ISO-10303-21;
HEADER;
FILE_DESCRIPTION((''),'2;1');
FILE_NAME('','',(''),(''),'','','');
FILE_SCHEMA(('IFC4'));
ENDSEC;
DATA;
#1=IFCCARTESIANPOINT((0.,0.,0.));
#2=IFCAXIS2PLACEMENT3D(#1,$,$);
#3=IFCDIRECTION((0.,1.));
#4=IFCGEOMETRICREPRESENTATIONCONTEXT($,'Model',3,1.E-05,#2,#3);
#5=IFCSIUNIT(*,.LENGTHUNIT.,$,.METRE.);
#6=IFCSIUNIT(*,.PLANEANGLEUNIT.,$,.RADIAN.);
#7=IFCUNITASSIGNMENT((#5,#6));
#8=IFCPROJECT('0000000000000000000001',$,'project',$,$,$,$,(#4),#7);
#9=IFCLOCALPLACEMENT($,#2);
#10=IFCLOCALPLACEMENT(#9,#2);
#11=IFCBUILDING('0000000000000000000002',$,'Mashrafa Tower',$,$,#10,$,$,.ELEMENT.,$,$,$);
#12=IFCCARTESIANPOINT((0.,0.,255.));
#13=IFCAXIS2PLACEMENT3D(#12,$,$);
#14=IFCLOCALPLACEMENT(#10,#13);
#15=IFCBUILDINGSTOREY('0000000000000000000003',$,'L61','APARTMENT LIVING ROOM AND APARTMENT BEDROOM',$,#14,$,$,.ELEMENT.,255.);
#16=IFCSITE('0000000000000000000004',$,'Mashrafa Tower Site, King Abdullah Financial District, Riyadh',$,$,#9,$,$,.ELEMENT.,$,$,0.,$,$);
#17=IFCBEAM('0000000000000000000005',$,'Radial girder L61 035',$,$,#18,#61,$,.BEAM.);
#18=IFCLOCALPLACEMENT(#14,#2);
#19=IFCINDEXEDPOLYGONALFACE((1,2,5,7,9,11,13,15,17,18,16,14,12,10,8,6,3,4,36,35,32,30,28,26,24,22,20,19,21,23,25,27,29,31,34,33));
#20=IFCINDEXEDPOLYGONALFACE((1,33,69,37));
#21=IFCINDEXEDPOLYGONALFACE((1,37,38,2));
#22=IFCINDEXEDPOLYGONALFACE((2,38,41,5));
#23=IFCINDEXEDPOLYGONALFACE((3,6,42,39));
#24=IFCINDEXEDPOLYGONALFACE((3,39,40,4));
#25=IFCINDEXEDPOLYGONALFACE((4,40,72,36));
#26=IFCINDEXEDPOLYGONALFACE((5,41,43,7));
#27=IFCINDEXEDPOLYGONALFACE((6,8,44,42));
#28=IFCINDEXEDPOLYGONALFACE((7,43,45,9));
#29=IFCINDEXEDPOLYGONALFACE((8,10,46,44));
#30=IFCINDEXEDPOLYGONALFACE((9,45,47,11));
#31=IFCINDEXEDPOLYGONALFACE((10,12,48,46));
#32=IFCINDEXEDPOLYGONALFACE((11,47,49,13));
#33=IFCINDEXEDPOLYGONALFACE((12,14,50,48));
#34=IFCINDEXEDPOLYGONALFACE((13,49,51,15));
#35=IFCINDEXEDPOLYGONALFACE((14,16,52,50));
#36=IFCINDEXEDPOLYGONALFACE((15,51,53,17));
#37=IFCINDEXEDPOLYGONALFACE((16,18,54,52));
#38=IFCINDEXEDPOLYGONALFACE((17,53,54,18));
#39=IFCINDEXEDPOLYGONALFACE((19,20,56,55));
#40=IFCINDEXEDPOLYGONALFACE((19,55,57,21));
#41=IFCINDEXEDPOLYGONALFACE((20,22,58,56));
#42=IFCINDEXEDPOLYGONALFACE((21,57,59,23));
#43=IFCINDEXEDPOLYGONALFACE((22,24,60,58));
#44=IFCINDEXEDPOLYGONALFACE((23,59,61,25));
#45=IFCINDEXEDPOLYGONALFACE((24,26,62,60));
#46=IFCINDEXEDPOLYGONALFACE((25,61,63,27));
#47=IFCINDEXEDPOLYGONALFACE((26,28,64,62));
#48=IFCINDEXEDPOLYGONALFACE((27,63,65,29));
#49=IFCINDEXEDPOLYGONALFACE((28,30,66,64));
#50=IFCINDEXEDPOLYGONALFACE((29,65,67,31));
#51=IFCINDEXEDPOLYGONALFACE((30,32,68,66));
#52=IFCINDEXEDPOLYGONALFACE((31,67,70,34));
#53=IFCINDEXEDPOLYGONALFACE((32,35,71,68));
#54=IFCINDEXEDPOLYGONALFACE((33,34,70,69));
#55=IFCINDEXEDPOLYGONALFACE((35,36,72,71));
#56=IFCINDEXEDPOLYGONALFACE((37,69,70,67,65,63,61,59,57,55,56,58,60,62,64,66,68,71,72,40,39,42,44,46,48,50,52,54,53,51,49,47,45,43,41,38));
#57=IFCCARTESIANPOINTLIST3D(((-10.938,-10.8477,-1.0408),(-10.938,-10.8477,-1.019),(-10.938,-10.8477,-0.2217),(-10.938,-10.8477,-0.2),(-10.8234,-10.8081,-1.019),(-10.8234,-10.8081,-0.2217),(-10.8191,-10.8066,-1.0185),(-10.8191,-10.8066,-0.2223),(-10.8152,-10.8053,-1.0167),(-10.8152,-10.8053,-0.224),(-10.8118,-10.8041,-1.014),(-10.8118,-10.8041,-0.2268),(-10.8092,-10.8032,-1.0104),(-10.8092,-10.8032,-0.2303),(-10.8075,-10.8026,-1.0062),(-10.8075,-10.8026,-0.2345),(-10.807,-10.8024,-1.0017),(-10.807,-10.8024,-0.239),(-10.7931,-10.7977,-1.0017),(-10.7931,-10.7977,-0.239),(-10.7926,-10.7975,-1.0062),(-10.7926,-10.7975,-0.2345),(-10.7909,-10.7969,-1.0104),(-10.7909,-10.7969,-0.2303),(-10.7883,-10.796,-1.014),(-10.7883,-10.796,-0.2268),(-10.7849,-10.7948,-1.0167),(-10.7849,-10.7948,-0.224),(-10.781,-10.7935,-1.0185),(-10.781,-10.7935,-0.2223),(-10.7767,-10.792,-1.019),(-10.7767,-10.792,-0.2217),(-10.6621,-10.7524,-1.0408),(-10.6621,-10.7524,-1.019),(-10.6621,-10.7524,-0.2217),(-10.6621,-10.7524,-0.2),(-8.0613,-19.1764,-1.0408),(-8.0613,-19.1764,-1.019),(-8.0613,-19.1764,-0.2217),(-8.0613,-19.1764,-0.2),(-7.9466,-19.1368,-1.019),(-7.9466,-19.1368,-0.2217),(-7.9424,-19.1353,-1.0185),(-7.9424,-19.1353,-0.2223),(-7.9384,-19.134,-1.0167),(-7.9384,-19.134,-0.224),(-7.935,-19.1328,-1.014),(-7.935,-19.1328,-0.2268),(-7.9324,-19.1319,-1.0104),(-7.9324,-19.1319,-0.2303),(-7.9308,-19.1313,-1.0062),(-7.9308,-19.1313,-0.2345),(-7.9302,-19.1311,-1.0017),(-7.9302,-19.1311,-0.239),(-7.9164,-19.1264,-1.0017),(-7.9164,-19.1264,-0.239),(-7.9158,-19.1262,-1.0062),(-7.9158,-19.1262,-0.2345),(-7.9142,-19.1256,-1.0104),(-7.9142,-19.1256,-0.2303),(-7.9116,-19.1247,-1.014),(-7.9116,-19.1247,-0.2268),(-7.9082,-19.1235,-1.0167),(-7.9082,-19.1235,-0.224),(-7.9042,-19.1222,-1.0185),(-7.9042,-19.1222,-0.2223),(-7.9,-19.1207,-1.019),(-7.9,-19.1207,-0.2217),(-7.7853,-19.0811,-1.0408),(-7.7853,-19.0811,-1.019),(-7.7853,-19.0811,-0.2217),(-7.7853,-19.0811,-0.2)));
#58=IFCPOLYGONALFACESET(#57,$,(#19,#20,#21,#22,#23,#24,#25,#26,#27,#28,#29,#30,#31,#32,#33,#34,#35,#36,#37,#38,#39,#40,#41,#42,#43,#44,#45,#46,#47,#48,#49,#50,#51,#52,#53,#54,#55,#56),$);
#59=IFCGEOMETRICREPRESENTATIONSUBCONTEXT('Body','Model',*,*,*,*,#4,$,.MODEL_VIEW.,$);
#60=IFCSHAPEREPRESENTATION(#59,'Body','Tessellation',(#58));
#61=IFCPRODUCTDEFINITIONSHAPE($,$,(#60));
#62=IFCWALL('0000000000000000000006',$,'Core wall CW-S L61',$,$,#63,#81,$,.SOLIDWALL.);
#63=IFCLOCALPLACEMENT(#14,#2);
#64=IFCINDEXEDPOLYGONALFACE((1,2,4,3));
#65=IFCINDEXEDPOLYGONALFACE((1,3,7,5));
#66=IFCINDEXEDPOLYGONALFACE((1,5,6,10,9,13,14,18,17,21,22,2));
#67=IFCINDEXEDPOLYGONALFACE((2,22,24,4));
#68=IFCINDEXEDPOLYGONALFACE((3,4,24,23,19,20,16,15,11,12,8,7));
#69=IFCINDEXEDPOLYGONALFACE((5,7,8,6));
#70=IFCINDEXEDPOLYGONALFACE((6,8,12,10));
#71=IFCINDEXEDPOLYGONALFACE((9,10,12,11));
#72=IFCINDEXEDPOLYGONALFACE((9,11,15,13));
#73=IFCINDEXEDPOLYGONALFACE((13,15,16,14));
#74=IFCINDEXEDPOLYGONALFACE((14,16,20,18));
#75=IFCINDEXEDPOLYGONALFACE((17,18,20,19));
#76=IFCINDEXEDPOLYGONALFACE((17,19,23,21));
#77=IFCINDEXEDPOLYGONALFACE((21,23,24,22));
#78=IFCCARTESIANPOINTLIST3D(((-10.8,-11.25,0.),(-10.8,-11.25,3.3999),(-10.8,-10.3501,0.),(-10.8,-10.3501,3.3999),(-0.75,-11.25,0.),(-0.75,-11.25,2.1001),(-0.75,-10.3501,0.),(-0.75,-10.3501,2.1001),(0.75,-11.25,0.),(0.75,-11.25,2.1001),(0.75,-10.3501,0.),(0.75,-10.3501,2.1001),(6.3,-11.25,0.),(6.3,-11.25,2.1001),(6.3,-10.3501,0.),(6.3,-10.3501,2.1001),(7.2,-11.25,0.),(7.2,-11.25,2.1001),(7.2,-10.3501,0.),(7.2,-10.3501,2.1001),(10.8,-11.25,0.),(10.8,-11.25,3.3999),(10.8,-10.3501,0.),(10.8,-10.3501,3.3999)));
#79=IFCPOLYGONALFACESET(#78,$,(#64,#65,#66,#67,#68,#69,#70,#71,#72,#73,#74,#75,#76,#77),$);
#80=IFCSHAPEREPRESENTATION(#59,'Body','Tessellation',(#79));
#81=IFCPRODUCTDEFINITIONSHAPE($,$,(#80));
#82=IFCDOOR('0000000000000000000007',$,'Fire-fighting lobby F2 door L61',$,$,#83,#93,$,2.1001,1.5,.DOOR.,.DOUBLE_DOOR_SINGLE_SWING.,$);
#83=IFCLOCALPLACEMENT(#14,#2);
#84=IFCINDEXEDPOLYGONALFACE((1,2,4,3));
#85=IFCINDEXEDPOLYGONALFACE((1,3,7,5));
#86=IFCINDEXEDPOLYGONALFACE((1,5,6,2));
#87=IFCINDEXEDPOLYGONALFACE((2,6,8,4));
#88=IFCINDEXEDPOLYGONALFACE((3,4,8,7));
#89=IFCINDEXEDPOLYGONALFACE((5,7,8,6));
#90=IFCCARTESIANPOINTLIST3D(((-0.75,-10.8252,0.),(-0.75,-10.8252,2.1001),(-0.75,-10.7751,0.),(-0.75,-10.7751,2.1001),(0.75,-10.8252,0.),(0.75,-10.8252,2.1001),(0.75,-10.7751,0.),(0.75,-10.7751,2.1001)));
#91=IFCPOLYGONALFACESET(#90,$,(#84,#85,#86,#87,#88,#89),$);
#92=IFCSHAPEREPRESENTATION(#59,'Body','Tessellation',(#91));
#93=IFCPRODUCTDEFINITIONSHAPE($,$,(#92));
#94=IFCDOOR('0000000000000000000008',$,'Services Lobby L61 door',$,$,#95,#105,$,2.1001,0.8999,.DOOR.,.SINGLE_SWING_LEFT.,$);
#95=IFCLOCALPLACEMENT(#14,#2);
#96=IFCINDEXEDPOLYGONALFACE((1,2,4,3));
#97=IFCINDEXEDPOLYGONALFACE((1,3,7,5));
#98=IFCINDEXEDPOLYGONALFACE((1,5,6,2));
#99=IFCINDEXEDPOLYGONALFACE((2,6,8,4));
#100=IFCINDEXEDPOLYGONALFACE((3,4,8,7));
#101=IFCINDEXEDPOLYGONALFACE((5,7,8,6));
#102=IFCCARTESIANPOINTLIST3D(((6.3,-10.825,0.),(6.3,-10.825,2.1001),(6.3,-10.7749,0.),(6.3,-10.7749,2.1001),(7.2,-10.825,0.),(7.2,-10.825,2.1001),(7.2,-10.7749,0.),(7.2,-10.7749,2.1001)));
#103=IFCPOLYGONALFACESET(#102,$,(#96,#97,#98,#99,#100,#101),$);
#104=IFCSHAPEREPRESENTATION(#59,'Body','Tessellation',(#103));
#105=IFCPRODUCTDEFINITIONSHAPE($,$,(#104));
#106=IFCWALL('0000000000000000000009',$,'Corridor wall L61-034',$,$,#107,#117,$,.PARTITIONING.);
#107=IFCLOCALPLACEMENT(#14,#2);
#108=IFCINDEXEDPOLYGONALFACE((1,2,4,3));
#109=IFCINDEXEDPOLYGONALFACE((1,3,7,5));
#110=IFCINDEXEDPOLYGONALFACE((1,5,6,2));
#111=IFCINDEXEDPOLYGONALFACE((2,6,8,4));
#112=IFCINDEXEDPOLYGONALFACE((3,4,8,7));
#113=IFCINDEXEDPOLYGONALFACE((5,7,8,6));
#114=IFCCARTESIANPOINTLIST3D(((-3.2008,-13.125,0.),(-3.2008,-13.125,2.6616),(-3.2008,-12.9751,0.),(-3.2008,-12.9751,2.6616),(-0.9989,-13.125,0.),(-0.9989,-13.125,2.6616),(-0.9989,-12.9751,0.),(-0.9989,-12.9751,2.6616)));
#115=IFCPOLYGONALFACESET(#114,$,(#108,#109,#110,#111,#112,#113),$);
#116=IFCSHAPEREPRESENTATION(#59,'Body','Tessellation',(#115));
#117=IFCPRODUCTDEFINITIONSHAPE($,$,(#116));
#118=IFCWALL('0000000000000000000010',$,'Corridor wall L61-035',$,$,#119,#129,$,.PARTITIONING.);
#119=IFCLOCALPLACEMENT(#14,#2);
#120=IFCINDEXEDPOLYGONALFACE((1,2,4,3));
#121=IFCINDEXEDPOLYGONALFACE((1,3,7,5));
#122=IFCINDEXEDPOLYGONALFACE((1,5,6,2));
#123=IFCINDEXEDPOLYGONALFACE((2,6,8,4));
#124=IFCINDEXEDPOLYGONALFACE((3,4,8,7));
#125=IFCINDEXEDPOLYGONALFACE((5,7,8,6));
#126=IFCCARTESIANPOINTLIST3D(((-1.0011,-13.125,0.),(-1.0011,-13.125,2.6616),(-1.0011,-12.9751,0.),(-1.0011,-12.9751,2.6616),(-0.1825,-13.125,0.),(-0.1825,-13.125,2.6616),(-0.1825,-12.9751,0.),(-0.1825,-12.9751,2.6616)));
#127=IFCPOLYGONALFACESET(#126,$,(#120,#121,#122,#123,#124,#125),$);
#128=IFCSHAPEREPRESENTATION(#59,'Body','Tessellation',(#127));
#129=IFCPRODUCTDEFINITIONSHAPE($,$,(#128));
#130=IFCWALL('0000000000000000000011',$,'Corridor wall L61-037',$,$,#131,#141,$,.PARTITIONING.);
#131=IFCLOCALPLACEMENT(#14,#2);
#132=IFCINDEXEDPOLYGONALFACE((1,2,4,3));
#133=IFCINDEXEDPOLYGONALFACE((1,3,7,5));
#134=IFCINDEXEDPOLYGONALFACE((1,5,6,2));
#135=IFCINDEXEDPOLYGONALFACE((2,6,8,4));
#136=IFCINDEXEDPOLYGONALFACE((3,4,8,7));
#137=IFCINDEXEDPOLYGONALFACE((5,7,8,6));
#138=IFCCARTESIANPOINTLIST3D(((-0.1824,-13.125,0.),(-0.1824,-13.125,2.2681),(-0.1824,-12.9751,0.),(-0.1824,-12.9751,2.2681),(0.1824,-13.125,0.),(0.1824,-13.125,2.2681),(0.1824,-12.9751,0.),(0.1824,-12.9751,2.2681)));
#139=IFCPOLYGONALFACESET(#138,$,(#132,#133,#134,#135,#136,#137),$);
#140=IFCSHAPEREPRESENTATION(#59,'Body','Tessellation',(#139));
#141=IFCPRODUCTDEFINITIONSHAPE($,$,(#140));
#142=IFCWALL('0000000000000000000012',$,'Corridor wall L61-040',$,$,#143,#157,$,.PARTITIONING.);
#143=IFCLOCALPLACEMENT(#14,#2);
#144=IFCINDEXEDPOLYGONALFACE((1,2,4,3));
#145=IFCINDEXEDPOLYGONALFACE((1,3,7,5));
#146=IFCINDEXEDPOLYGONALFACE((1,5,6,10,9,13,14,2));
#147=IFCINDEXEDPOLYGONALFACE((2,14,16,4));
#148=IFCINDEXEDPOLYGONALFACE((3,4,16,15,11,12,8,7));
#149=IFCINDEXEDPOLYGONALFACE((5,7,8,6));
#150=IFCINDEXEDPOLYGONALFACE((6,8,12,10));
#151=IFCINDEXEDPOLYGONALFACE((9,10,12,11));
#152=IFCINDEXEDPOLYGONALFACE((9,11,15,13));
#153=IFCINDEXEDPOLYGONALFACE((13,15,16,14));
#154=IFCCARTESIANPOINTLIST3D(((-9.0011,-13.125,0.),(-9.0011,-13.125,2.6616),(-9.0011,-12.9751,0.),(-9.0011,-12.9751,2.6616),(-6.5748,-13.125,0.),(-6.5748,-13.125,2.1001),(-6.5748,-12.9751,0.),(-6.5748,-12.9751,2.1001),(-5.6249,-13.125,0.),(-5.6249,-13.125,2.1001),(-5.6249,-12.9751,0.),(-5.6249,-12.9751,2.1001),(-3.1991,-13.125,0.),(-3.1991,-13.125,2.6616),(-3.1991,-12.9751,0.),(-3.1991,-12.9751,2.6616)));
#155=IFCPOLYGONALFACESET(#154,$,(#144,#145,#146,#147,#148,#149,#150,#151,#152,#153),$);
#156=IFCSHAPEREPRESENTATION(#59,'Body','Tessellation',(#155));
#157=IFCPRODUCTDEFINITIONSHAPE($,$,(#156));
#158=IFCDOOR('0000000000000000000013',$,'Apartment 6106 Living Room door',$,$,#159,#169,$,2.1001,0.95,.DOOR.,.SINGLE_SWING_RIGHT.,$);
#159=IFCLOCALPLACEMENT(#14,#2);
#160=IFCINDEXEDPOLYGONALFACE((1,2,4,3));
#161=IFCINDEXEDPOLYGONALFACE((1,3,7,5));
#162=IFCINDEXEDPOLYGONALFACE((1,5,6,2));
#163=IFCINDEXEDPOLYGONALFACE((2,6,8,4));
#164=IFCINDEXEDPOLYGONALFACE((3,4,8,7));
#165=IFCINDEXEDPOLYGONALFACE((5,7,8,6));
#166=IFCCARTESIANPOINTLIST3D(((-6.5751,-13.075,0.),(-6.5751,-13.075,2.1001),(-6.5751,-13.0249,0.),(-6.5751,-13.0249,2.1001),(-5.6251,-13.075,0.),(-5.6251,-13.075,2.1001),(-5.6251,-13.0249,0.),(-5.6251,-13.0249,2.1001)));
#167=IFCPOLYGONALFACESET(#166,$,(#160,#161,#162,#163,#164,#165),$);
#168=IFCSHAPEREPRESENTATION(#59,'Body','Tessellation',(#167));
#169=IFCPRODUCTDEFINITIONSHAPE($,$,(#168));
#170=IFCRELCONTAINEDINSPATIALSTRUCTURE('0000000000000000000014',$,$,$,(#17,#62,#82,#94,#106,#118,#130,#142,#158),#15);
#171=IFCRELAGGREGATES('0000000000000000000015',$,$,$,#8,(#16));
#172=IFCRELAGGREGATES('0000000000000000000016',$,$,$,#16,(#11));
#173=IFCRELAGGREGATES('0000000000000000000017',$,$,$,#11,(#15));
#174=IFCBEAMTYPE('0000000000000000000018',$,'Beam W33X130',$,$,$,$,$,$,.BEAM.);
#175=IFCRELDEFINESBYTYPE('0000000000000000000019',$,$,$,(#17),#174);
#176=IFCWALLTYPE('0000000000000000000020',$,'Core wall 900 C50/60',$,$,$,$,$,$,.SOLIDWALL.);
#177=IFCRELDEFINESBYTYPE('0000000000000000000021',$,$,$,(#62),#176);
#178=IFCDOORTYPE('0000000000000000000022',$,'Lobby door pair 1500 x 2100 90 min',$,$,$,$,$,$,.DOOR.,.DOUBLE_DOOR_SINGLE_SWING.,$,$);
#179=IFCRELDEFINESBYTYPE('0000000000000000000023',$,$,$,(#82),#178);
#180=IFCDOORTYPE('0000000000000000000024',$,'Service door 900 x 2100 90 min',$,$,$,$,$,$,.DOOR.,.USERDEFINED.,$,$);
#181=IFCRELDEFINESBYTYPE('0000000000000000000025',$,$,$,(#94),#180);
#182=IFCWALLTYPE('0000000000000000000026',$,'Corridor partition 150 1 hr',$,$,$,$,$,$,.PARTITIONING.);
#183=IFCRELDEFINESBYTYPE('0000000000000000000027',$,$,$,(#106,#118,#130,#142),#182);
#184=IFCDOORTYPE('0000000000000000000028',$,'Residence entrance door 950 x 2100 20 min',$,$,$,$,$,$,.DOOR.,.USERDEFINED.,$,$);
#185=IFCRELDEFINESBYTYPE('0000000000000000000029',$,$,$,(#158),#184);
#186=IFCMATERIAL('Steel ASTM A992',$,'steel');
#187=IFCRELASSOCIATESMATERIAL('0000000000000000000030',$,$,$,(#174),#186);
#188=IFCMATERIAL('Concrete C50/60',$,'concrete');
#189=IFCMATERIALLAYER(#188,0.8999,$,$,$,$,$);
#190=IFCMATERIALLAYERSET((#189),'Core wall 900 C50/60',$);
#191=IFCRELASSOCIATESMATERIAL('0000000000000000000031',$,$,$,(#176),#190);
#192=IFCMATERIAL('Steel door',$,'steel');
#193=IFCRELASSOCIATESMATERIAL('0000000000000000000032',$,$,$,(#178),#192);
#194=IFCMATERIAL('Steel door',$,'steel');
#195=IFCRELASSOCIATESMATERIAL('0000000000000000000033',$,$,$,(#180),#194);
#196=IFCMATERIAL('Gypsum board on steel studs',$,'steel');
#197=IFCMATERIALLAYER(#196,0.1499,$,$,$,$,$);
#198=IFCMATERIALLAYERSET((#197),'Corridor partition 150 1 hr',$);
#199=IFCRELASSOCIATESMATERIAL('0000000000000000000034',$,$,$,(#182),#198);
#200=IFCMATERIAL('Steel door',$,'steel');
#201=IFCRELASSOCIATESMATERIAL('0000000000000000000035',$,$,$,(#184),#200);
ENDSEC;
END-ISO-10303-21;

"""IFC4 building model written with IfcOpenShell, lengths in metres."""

from ifc_helpers import new_model, si_unit, direction, frame, frame_2d, origin, origin_2d, place, context, subcontext, project, spatial, rectangle, i_section, extrude, material, layer, layer_set, material_profile, profile_set, type_object, element, fill, save


model = new_model("IFC4")

# Units and contexts
model_context = context("Model", 3, precision=1e-05, world=origin(), true_north=direction((0.0, 1.0)))
body_context = subcontext(model_context, "Body", "Model", "MODEL_VIEW")
ifc_project = project(units=[si_unit("LENGTHUNIT", "METRE"), si_unit("PLANEANGLEUNIT", "RADIAN")], contexts=[model_context])

# Site, building, storey
site_placement = place(None, origin())
site = spatial("IfcSite", under=ifc_project, at=site_placement, Name="Mashrafa Tower Site, King Abdullah Financial District, Riyadh", CompositionType="ELEMENT", RefElevation=0.0)
building_placement = place(site_placement, origin())
building = spatial("IfcBuilding", under=site, at=building_placement, Name="Mashrafa Tower", CompositionType="ELEMENT")
storey_placement = place(building_placement, frame((0.0, 0.0, 255.0)))
storey = spatial("IfcBuildingStorey", under=building, at=storey_placement, Name="L61", Description="APARTMENT LIVING ROOM AND APARTMENT BEDROOM", CompositionType="ELEMENT", Elevation=255.0)

# Beam
ifc_material_1 = material(Name="Steel ASTM A992", Category="steel")
ifc_material_profile_1 = material_profile(ifc_material_1, i_section(OverallWidth=0.292, OverallDepth=0.8408, WebThickness=0.0146, FlangeThickness=0.0217, FilletRadius=0.0173, at=origin_2d()), Name="W33X130")
ifc_profile_set_1 = profile_set([ifc_material_profile_1], Name="Steel ASTM A992")
beam_type_1 = type_object("IfcBeamType", Name="Beam W33X130", PredefinedType="BEAM", material=ifc_profile_set_1)
for number, where, z_axis, x_axis, name in (
    (1, (-10.8, -10.8, -0.6204), (0.326475, -0.945206, 0.0), (0.945206, 0.326475, 0.0), "Radial girder L61 035"),
):
    element("IfcBeam", number, at=place(storey_placement, frame(where, z_axis=z_axis, x_axis=x_axis)), inside=storey, type_object=beam_type_1, Name=name, PredefinedType="BEAM", context=body_context, shape_type="SweptSolid", body=[
        extrude(i_section(OverallWidth=0.292, OverallDepth=0.8408, WebThickness=0.0146, FlangeThickness=0.0217, FilletRadius=0.0173, at=origin_2d()), origin(), (0.0, 0.0, 1.0), 8.8115),
    ])

# Wall, openings, doors
ifc_material_2 = material(Name="Concrete C50/60", Category="concrete")
ifc_layer_1 = layer(ifc_material_2, 0.8999)
ifc_layer_set_1 = layer_set([ifc_layer_1], Name="Core wall 900 C50/60")
wall_type_1 = type_object("IfcWallType", Name="Core wall 900 C50/60", PredefinedType="SOLIDWALL", material=ifc_layer_set_1)
wall_1_placement = place(storey_placement, frame((-10.8, -10.8, 0.0), z_axis=(0.0, 0.0, 1.0), x_axis=(1.0, 0.0, 0.0)))
wall_1 = element("IfcWall", 2, at=wall_1_placement, inside=storey, type_object=wall_type_1, Name="Core wall CW-S L61", PredefinedType="SOLIDWALL", context=body_context, shape_type="SweptSolid", body=[
    extrude(rectangle(XDim=21.6001, YDim=0.8999, at=frame_2d((10.8, 0.0))), origin(), (0.0, 0.0, 1.0), 3.3999),
])
opening_1_placement = place(wall_1_placement, frame((10.05, 0.0, 0.0)))
opening_1 = element("IfcOpeningElement", 3, at=opening_1_placement, cuts=wall_1, PredefinedType="OPENING", context=body_context, shape_type="SweptSolid", body=[
    extrude(rectangle(XDim=1.5, YDim=2.1001, at=frame_2d((0.75, 1.05))), frame((0.0, 0.46, 0.0), z_axis=(0.0, -1.0, 0.0), x_axis=(1.0, 0.0, 0.0)), (0.0, 0.0, 1.0), 0.9199),
])
opening_2_placement = place(wall_1_placement, frame((17.1001, 0.0, 0.0)))
opening_2 = element("IfcOpeningElement", 4, at=opening_2_placement, cuts=wall_1, PredefinedType="OPENING", context=body_context, shape_type="SweptSolid", body=[
    extrude(rectangle(XDim=0.8999, YDim=2.1001, at=frame_2d((0.45, 1.05))), frame((0.0, 0.46, 0.0), z_axis=(0.0, -1.0, 0.0), x_axis=(1.0, 0.0, 0.0)), (0.0, 0.0, 1.0), 0.9199),
])
ifc_material_3 = material(Name="Steel door", Category="steel")
door_type_1 = type_object("IfcDoorType", Name="Lobby door pair 1500 x 2100 90 min", OperationType="DOUBLE_DOOR_SINGLE_SWING", PredefinedType="DOOR", material=ifc_material_3)
door_1_placement = place(opening_1_placement, origin())
door_1 = element("IfcDoor", 5, at=door_1_placement, inside=storey, type_object=door_type_1, Name="Fire-fighting lobby F2 door L61", OperationType="DOUBLE_DOOR_SINGLE_SWING", OverallHeight=2.1001, OverallWidth=1.5, PredefinedType="DOOR", context=body_context, shape_type="SweptSolid", body=[
    extrude(rectangle(XDim=1.5, YDim=2.1001, at=frame_2d((0.75, 1.05))), frame((0.0, 0.0249, 0.0), z_axis=(0.0, -1.0, 0.0), x_axis=(1.0, 0.0, 0.0)), (0.0, 0.0, 1.0), 0.05),
])
fill(opening_1, door_1)
ifc_material_4 = material(Name="Steel door", Category="steel")
door_type_2 = type_object("IfcDoorType", Name="Service door 900 x 2100 90 min", OperationType="USERDEFINED", PredefinedType="DOOR", material=ifc_material_4)
door_2_placement = place(opening_2_placement, frame((0.8999, 0.0, 0.0), z_axis=(0.0, 0.0, 1.0), x_axis=(-1.0, 0.0, 0.0)))
door_2 = element("IfcDoor", 6, at=door_2_placement, inside=storey, type_object=door_type_2, Name="Services Lobby L61 door", OperationType="SINGLE_SWING_LEFT", OverallHeight=2.1001, OverallWidth=0.8999, PredefinedType="DOOR", context=body_context, shape_type="SweptSolid", body=[
    extrude(rectangle(XDim=0.8999, YDim=2.1001, at=frame_2d((0.45, 1.05))), frame((0.0, 0.0249, 0.0), z_axis=(0.0, -1.0, 0.0), x_axis=(1.0, 0.0, 0.0)), (0.0, 0.0, 1.0), 0.05),
])
fill(opening_2, door_2)

# Walls
ifc_material_5 = material(Name="Gypsum board on steel studs", Category="steel")
ifc_layer_2 = layer(ifc_material_5, 0.1499)
ifc_layer_set_2 = layer_set([ifc_layer_2], Name="Corridor partition 150 1 hr")
wall_type_2 = type_object("IfcWallType", Name="Corridor partition 150 1 hr", PredefinedType="PARTITIONING", material=ifc_layer_set_2)
wall_2_placement = place(storey_placement, frame((-3.2009, -13.05, 0.0), z_axis=(0.0, 0.0, 1.0), x_axis=(1.0, 0.0, 0.0)))
element("IfcWall", 7, at=wall_2_placement, inside=storey, type_object=wall_type_2, Name="Corridor wall L61-034", PredefinedType="PARTITIONING", context=body_context, shape_type="SweptSolid", body=[
    extrude(rectangle(XDim=2.2019, YDim=0.1499, at=frame_2d((1.1011, 0.0))), origin(), (0.0, 0.0, 1.0), 2.6616),
])
wall_3_placement = place(storey_placement, frame((-1.001, -13.05, 0.0), z_axis=(0.0, 0.0, 1.0), x_axis=(1.0, 0.0, 0.0)))
element("IfcWall", 8, at=wall_3_placement, inside=storey, type_object=wall_type_2, Name="Corridor wall L61-035", PredefinedType="PARTITIONING", context=body_context, shape_type="SweptSolid", body=[
    extrude(rectangle(XDim=0.8186, YDim=0.1499, at=frame_2d((0.4092, 0.0))), origin(), (0.0, 0.0, 1.0), 2.6616),
])
wall_4_placement = place(storey_placement, frame((-0.1824, -13.05, 0.0), z_axis=(0.0, 0.0, 1.0), x_axis=(1.0, 0.0, 0.0)))
element("IfcWall", 9, at=wall_4_placement, inside=storey, type_object=wall_type_2, Name="Corridor wall L61-037", PredefinedType="PARTITIONING", context=body_context, shape_type="SweptSolid", body=[
    extrude(rectangle(XDim=0.3647, YDim=0.1499, at=frame_2d((0.1824, 0.0))), origin(), (0.0, 0.0, 1.0), 2.2681),
])

# Wall, opening, door
wall_5_placement = place(storey_placement, frame((-9.001, -13.05, 0.0), z_axis=(0.0, 0.0, 1.0), x_axis=(1.0, 0.0, 0.0)))
wall_5 = element("IfcWall", 10, at=wall_5_placement, inside=storey, type_object=wall_type_2, Name="Corridor wall L61-040", PredefinedType="PARTITIONING", context=body_context, shape_type="SweptSolid", body=[
    extrude(rectangle(XDim=5.802, YDim=0.1499, at=frame_2d((2.9009, 0.0))), origin(), (0.0, 0.0, 1.0), 2.6616),
])
opening_3_placement = place(wall_5_placement, frame((2.426, 0.0, 0.0)))
opening_3 = element("IfcOpeningElement", 11, at=opening_3_placement, cuts=wall_5, PredefinedType="OPENING", context=body_context, shape_type="SweptSolid", body=[
    extrude(rectangle(XDim=0.95, YDim=2.1001, at=frame_2d((0.4751, 1.05))), frame((0.0, 0.085, 0.0), z_axis=(0.0, -1.0, 0.0), x_axis=(1.0, 0.0, 0.0)), (0.0, 0.0, 1.0), 0.1699),
])
ifc_material_6 = material(Name="Steel door", Category="steel")
door_type_3 = type_object("IfcDoorType", Name="Residence entrance door 950 x 2100 20 min", OperationType="USERDEFINED", PredefinedType="DOOR", material=ifc_material_6)
door_3_placement = place(opening_3_placement, frame((0.95, 0.0, 0.0), z_axis=(0.0, 0.0, 1.0), x_axis=(-1.0, 0.0, 0.0)))
door_3 = element("IfcDoor", 12, at=door_3_placement, inside=storey, type_object=door_type_3, Name="Apartment 6106 Living Room door", OperationType="SINGLE_SWING_RIGHT", OverallHeight=2.1001, OverallWidth=0.95, PredefinedType="DOOR", context=body_context, shape_type="SweptSolid", body=[
    extrude(rectangle(XDim=0.95, YDim=2.1001, at=frame_2d((0.4751, 1.05))), frame((0.0, 0.0249, 0.0), z_axis=(0.0, -1.0, 0.0), x_axis=(1.0, 0.0, 0.0)), (0.0, 0.0, 1.0), 0.05),
])
fill(opening_3, door_3)

save(model, "model.ifc")
